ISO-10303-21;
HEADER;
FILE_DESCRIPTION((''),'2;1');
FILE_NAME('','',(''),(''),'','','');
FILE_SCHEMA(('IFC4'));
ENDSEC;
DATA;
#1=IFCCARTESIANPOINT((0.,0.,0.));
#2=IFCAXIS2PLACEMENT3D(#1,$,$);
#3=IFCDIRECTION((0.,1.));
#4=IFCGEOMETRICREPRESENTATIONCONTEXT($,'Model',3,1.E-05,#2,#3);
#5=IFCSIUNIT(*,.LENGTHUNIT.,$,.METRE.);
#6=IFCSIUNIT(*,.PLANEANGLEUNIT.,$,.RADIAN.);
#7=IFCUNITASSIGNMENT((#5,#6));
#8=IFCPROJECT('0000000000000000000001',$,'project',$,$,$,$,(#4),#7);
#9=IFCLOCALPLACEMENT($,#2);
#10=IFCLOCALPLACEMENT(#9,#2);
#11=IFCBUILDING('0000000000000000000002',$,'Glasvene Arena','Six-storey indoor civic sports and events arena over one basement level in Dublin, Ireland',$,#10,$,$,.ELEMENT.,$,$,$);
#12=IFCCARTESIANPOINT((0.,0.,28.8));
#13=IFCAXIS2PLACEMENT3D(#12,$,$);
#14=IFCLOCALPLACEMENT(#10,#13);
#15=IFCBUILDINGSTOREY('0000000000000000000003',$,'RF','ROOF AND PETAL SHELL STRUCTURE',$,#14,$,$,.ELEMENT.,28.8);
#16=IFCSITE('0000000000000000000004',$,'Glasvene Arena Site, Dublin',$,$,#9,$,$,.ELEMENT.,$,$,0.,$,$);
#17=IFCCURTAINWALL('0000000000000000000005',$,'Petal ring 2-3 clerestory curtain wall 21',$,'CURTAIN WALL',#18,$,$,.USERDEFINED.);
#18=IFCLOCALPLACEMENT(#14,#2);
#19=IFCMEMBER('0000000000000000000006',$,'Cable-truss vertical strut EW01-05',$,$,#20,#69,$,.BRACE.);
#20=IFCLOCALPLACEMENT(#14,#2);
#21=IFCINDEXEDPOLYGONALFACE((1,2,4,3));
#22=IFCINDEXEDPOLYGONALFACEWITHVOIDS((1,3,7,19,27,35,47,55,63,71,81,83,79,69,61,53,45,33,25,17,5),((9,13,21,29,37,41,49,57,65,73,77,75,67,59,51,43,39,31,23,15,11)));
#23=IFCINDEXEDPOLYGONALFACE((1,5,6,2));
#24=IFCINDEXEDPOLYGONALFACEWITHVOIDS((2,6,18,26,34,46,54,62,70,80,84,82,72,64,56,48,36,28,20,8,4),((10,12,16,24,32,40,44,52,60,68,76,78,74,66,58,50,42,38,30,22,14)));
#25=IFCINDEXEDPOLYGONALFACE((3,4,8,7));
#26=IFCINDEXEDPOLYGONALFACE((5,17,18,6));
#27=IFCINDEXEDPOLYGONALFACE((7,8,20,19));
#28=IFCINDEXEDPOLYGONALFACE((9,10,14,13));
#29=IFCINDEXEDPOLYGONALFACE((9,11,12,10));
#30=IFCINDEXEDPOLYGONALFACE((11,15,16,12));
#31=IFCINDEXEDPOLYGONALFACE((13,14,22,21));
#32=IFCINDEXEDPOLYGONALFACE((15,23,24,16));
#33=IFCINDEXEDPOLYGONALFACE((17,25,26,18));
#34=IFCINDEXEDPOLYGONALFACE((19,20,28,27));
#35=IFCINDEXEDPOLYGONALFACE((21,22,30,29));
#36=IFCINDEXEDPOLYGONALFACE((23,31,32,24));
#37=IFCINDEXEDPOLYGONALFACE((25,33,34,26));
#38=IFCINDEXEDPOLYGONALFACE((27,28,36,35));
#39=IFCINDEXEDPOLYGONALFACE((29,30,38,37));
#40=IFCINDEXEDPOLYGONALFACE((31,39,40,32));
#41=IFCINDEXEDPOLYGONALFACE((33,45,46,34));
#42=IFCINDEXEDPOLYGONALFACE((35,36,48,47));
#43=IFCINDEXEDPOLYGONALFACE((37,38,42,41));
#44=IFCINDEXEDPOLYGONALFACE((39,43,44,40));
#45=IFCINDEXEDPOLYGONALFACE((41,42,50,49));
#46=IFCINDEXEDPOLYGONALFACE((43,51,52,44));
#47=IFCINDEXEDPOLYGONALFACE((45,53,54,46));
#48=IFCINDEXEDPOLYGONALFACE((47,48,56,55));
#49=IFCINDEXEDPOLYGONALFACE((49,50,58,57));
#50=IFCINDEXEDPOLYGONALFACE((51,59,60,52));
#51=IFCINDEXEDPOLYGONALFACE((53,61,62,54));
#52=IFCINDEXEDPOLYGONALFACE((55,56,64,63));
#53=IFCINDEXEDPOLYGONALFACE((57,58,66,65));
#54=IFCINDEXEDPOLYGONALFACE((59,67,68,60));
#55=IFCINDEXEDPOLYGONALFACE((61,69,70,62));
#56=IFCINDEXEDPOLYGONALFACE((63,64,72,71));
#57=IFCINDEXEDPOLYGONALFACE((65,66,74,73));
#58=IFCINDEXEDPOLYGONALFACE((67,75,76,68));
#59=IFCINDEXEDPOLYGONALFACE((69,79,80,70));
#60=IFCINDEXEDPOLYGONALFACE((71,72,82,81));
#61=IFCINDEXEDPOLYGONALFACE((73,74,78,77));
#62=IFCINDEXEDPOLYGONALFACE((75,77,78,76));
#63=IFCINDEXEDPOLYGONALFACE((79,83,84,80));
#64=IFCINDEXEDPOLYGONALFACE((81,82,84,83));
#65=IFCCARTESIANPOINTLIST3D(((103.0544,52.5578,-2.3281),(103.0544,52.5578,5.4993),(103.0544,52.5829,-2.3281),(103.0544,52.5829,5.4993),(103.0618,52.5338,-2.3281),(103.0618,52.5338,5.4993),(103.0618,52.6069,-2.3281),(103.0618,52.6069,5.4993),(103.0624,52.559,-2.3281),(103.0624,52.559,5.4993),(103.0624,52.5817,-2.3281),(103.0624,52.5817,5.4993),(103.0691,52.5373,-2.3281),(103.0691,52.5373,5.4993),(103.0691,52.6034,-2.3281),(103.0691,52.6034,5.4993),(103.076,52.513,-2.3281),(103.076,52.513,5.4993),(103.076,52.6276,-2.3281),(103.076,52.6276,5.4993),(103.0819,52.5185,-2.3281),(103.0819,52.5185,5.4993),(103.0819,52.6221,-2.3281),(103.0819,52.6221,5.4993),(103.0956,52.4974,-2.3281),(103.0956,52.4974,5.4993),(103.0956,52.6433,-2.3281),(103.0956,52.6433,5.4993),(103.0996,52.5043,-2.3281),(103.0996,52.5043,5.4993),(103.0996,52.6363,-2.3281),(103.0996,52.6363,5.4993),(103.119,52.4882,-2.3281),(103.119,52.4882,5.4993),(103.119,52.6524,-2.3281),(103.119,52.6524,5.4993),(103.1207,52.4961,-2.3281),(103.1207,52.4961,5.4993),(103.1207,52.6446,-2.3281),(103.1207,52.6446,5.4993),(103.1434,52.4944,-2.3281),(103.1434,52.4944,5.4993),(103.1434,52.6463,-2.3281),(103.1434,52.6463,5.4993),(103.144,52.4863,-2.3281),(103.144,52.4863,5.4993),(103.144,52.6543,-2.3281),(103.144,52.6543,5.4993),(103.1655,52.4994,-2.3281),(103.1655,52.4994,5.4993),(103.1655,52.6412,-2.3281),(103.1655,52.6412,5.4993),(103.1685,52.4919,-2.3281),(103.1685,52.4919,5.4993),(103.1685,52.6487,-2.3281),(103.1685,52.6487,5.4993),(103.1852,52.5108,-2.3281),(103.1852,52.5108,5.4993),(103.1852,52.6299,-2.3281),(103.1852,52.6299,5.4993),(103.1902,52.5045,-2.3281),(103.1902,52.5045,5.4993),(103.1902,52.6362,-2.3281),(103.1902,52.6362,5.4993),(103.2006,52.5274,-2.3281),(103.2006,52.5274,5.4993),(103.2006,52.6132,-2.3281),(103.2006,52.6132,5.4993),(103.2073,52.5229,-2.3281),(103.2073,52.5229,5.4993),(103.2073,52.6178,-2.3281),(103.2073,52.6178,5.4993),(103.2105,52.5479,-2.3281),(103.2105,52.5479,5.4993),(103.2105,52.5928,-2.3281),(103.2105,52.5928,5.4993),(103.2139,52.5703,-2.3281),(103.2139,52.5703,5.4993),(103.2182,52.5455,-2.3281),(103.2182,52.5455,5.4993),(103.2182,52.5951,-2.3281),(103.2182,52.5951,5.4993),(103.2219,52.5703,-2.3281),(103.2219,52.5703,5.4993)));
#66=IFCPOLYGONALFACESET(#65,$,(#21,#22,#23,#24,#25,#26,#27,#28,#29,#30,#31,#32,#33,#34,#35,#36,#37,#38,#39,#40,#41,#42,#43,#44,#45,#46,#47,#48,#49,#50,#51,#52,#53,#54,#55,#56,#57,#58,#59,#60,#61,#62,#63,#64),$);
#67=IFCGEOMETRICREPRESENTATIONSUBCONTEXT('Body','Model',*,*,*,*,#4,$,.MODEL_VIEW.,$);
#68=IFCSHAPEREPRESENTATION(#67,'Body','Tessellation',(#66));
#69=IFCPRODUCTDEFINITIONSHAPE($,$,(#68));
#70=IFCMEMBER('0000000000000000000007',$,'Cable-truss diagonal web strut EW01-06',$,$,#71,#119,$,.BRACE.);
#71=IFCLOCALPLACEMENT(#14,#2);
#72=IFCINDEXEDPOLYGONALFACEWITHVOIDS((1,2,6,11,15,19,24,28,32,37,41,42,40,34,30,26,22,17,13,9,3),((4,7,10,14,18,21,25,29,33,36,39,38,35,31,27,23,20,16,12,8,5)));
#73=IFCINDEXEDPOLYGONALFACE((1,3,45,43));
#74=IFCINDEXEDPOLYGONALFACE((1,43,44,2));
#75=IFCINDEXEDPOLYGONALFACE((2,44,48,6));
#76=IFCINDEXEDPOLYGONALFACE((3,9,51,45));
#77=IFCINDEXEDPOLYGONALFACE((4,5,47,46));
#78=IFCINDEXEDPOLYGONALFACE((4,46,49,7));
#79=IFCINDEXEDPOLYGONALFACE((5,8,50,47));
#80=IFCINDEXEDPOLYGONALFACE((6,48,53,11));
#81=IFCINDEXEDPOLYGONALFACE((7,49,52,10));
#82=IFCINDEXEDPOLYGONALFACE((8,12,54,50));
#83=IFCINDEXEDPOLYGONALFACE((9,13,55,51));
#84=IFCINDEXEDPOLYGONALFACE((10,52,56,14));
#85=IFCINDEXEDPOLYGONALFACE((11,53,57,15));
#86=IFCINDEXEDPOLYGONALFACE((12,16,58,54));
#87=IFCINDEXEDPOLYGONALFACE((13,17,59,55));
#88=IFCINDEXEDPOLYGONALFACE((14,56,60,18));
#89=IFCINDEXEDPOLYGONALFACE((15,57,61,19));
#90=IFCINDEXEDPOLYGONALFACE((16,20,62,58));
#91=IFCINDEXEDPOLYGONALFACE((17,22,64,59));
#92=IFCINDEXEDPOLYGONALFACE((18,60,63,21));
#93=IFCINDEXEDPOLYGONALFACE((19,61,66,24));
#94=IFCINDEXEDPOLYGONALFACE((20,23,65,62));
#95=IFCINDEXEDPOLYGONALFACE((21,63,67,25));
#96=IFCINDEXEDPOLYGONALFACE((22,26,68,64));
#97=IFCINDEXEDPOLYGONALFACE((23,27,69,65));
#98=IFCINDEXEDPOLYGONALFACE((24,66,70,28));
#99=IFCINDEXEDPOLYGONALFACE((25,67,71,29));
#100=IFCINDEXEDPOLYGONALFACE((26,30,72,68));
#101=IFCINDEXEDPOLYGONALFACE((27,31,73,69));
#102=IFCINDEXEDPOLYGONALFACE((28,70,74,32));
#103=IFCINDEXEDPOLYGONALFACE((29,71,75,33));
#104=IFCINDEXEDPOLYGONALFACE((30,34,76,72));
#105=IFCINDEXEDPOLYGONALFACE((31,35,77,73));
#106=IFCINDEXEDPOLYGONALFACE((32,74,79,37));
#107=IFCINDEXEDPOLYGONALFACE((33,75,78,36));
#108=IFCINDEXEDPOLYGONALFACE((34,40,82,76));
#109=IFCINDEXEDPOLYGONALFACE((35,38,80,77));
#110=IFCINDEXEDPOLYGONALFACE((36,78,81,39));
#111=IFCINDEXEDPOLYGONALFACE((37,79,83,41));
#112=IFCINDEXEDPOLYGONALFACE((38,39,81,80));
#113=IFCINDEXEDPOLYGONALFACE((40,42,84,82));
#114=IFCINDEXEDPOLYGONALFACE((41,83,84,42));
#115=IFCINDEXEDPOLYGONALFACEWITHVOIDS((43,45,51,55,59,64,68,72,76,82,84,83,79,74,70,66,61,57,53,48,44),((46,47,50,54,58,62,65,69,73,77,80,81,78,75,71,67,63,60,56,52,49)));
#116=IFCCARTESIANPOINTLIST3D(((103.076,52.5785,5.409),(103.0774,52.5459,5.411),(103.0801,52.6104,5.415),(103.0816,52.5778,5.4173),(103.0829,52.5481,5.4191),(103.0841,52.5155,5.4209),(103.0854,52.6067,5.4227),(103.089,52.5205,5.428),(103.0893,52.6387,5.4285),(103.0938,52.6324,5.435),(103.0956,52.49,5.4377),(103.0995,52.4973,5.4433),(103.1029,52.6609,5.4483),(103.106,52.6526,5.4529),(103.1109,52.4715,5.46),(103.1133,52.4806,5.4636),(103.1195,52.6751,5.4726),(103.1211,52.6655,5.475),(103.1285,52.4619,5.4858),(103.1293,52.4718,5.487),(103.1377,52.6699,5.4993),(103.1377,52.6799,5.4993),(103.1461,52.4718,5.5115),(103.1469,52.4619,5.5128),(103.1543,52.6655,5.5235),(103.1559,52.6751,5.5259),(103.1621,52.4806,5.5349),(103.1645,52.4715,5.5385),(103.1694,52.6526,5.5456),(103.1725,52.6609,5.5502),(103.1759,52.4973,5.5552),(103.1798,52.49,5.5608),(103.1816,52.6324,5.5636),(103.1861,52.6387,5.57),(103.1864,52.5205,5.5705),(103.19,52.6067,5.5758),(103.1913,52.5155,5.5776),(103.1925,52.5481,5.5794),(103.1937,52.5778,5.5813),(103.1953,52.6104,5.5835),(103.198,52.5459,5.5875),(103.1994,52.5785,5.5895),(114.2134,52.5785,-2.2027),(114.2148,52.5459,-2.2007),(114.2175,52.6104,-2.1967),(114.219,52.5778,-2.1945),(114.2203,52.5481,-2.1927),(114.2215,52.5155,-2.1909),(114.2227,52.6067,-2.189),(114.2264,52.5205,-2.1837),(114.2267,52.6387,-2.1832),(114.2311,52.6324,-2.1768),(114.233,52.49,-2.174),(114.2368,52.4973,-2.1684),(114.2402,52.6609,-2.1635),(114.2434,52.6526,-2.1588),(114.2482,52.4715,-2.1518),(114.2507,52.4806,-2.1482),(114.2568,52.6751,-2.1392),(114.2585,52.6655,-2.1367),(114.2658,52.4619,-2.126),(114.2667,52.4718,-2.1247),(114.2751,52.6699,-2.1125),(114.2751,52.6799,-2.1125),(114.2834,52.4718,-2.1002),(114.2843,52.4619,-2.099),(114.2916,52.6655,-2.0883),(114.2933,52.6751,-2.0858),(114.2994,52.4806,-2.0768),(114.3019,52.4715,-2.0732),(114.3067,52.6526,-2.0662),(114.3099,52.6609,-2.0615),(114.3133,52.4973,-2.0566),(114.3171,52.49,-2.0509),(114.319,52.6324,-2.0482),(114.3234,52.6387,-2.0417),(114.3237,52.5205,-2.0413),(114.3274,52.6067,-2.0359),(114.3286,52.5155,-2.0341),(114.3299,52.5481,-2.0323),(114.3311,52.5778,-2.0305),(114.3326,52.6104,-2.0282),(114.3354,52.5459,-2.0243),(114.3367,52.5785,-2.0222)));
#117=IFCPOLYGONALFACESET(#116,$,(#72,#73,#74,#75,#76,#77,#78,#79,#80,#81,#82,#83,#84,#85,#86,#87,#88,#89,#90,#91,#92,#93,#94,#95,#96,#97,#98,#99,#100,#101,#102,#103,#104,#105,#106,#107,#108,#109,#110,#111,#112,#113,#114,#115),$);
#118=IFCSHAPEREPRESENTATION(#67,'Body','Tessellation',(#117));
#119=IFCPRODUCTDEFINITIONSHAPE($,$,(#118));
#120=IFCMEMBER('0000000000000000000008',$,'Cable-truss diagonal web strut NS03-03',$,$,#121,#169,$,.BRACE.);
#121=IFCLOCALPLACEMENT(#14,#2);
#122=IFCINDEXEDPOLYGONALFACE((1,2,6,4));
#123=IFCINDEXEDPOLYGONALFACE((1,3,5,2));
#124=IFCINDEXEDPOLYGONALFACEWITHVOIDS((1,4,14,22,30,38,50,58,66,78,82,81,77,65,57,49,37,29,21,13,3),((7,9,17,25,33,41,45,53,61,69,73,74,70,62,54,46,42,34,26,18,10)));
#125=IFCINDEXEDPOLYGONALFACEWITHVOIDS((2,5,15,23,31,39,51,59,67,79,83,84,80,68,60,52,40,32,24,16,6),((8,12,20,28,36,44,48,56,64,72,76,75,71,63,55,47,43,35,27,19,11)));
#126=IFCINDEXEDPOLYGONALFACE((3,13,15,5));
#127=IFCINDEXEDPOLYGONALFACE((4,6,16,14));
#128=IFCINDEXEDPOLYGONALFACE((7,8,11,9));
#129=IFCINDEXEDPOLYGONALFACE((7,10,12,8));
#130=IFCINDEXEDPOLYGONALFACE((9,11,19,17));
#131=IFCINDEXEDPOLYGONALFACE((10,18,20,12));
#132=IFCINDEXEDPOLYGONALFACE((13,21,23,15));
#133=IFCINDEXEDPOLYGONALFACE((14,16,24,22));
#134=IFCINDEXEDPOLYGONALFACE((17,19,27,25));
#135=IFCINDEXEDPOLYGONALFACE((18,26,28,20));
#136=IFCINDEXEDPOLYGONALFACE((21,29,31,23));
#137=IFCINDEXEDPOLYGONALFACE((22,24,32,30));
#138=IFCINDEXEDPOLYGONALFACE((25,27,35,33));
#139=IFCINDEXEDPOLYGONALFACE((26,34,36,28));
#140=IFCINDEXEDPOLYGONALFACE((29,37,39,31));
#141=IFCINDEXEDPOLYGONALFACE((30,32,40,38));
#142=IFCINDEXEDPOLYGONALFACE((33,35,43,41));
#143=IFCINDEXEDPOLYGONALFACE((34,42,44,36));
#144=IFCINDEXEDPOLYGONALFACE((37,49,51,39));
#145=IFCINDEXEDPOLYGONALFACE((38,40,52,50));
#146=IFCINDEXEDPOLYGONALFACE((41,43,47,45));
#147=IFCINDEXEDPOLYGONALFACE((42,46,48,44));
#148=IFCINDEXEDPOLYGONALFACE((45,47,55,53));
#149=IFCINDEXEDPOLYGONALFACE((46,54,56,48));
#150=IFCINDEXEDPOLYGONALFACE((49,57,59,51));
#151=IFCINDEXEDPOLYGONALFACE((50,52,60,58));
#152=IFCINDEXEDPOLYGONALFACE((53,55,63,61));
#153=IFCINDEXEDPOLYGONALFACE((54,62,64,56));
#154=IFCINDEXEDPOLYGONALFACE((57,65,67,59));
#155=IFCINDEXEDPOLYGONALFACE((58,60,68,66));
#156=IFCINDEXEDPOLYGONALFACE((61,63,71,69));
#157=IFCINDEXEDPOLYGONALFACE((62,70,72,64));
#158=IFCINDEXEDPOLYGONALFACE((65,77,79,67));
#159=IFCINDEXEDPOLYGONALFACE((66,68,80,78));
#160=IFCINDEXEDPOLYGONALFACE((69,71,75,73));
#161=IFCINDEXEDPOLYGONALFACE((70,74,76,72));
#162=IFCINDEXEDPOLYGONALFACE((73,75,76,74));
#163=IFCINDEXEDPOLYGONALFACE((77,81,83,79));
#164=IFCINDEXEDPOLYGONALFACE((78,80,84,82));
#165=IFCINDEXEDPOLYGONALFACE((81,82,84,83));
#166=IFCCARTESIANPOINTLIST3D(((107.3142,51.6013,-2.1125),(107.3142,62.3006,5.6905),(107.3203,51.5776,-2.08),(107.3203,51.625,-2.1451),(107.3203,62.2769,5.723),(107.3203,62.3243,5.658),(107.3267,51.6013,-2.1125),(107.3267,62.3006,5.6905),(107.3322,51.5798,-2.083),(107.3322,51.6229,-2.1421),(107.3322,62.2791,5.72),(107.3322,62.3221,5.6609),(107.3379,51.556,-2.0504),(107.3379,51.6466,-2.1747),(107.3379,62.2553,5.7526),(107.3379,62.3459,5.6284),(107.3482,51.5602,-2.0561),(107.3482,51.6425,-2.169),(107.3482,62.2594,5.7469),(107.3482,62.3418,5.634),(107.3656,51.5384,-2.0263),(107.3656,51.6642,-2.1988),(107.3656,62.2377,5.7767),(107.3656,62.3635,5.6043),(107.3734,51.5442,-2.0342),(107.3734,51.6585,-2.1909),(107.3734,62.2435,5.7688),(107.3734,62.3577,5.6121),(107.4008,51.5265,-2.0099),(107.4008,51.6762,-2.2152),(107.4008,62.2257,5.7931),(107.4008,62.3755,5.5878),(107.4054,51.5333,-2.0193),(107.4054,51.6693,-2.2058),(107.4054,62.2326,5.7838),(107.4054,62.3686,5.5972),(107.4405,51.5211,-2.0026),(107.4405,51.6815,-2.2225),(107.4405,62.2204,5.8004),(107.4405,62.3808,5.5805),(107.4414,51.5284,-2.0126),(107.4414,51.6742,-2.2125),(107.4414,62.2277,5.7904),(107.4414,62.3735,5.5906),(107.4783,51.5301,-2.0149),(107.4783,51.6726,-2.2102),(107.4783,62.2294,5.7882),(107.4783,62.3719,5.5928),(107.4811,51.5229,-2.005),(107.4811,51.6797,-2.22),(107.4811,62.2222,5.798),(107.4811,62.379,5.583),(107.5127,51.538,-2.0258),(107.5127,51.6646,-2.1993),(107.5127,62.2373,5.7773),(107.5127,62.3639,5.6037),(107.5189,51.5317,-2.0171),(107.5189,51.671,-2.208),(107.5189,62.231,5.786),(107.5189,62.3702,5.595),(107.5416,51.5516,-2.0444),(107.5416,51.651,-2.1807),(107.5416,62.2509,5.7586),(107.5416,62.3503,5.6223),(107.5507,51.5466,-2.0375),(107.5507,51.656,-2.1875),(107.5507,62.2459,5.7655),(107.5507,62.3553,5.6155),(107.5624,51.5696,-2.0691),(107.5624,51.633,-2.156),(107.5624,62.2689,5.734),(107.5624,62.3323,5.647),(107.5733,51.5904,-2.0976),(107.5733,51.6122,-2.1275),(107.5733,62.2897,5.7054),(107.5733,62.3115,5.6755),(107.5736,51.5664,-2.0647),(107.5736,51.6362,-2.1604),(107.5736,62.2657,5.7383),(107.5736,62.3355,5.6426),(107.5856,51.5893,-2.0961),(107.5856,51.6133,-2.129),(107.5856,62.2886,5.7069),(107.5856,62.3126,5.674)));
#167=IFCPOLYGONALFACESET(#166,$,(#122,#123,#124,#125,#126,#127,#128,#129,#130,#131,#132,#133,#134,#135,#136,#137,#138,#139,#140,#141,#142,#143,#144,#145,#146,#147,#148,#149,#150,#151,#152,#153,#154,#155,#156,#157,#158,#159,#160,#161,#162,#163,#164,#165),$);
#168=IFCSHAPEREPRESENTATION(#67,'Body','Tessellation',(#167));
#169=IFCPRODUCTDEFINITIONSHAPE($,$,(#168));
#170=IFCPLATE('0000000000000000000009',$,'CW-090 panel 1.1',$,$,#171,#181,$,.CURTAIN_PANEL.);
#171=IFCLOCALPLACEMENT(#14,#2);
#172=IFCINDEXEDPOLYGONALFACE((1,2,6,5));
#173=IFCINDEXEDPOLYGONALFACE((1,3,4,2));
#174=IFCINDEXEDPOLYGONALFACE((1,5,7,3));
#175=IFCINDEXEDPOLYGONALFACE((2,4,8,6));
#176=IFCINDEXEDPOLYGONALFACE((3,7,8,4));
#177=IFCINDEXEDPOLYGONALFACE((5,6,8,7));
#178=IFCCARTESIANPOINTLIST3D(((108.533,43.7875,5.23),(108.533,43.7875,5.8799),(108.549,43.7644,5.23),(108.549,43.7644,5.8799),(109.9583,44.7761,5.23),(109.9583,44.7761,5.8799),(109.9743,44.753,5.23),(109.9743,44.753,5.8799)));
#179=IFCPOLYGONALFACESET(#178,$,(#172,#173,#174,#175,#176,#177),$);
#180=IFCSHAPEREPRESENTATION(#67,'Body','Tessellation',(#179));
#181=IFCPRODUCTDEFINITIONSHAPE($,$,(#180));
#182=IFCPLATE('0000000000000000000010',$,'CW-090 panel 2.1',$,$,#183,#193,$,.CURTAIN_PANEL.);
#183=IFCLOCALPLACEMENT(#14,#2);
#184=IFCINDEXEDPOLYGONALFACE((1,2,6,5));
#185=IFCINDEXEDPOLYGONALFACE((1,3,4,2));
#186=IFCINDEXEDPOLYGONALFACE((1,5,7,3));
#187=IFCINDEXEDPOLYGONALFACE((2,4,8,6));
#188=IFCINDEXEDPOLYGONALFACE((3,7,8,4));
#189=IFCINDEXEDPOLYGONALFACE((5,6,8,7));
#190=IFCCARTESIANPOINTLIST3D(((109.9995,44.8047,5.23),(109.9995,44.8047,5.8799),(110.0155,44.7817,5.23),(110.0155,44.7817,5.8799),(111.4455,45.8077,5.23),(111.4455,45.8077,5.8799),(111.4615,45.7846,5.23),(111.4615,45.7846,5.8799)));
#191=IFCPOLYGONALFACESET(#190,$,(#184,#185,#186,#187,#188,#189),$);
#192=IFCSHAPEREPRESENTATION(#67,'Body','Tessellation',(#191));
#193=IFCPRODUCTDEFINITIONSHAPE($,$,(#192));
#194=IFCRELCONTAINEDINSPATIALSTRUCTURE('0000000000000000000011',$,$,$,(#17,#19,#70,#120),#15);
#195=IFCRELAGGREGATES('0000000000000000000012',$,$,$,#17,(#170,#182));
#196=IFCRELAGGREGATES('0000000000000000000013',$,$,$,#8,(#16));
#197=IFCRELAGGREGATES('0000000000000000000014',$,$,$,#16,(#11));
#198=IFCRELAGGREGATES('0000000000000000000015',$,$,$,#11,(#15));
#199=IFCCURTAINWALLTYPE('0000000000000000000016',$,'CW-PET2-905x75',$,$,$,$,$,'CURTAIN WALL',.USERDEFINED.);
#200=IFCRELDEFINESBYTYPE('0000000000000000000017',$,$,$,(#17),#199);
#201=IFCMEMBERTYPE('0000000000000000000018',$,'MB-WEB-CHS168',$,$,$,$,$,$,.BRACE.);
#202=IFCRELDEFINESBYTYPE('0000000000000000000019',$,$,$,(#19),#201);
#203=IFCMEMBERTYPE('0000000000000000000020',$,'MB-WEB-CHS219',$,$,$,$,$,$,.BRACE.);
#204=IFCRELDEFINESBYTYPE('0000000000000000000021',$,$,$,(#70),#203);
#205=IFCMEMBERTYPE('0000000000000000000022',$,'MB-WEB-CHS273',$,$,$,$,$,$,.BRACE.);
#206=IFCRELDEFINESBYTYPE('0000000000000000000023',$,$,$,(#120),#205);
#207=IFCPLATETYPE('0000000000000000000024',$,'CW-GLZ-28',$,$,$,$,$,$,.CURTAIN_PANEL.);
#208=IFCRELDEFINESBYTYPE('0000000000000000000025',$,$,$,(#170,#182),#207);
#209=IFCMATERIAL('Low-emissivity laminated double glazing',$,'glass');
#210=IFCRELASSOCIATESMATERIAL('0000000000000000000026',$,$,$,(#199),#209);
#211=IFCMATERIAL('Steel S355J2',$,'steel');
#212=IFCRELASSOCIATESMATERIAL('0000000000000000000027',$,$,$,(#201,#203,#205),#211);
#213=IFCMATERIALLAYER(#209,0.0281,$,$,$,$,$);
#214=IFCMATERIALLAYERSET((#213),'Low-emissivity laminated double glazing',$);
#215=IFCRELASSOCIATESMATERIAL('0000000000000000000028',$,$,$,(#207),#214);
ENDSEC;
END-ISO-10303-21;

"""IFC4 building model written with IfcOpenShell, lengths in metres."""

from ifc_helpers import new_model, si_unit, direction, frame, origin, origin_2d, place, context, subcontext, project, spatial, rectangle, hollow_circle, extrude, material, layer, layer_set, material_profile, profile_set, type_object, element, aggregate, save


model = new_model("IFC4")

# Units and contexts
model_context = context("Model", 3, precision=1e-05, world=origin(), true_north=direction((0.0, 1.0)))
body_context = subcontext(model_context, "Body", "Model", "MODEL_VIEW")
ifc_project = project(units=[si_unit("LENGTHUNIT", "METRE"), si_unit("PLANEANGLEUNIT", "RADIAN")], contexts=[model_context])

# Site, building, storey
site_placement = place(None, origin())
site = spatial("IfcSite", under=ifc_project, at=site_placement, Name="Glasvene Arena Site, Dublin", CompositionType="ELEMENT", RefElevation=0.0)
building_placement = place(site_placement, origin())
building = spatial("IfcBuilding", under=site, at=building_placement, Name="Glasvene Arena", Description="Six-storey indoor civic sports and events arena over one basement level in Dublin, Ireland", CompositionType="ELEMENT")
storey_placement = place(building_placement, frame((0.0, 0.0, 28.8)))
storey = spatial("IfcBuildingStorey", under=building, at=storey_placement, Name="RF", Description="ROOF AND PETAL SHELL STRUCTURE", CompositionType="ELEMENT", Elevation=28.8)

# Curtain wall
ifc_material_1 = material(Name="Low-emissivity laminated double glazing", Category="glass")
curtain_wall_type_1 = type_object("IfcCurtainWallType", Name="CW-PET2-905x75", ElementType="CURTAIN WALL", PredefinedType="USERDEFINED", material=ifc_material_1)
curtain_wall_1_placement = place(storey_placement, frame((108.5, 43.7476, 0.0)))
curtain_wall_1 = element("IfcCurtainWall", 1, at=curtain_wall_1_placement, inside=storey, type_object=curtain_wall_type_1, Name="Petal ring 2-3 clerestory curtain wall 21", ObjectType="CURTAIN WALL", PredefinedType="USERDEFINED")

# Members
ifc_material_2 = material(Name="Steel S355J2", Category="steel")
ifc_material_profile_1 = material_profile(ifc_material_2, hollow_circle(Radius=0.0842, WallThickness=0.0081, at=origin_2d()), Name="CHS 168.3x8.0")
ifc_profile_set_1 = profile_set([ifc_material_profile_1], Name="Steel S355J2")
member_type_1 = type_object("IfcMemberType", Name="MB-WEB-CHS168", PredefinedType="BRACE", material=ifc_profile_set_1)
member_1_placement = place(storey_placement, frame((103.1377, 52.5703, -2.3281), z_axis=(0.0, 0.0, 1.0), x_axis=(1.0, 0.0, 0.0)))
element("IfcMember", 2, at=member_1_placement, inside=storey, type_object=member_type_1, Name="Cable-truss vertical strut EW01-05", PredefinedType="BRACE", context=body_context, shape_type="SweptSolid", body=[
    extrude(hollow_circle(Radius=0.0842, WallThickness=0.0081, at=origin_2d()), origin(), (0.0, 0.0, 1.0), 7.8274),
])
ifc_material_profile_2 = material_profile(ifc_material_2, hollow_circle(Radius=0.1096, WallThickness=0.01, at=origin_2d()), Name="CHS 219.1x10.0")
ifc_profile_set_2 = profile_set([ifc_material_profile_2], Name="Steel S355J2")
member_type_2 = type_object("IfcMemberType", Name="MB-WEB-CHS219", PredefinedType="BRACE", material=ifc_profile_set_2)
member_2_placement = place(storey_placement, frame((103.1377, 52.5703, 5.4993), z_axis=(0.825602, 0.0, -0.564252), x_axis=(0.0, 1.0, 0.0)))
element("IfcMember", 3, at=member_2_placement, inside=storey, type_object=member_type_2, Name="Cable-truss diagonal web strut EW01-06", PredefinedType="BRACE", context=body_context, shape_type="SweptSolid", body=[
    extrude(hollow_circle(Radius=0.1096, WallThickness=0.01, at=origin_2d()), origin(), (0.0, 0.0, 1.0), 13.49),
])
ifc_material_profile_3 = material_profile(ifc_material_2, hollow_circle(Radius=0.1365, WallThickness=0.0125, at=origin_2d()), Name="CHS 273.0x12.5")
ifc_profile_set_3 = profile_set([ifc_material_profile_3], Name="Steel S355J2")
member_type_3 = type_object("IfcMemberType", Name="MB-WEB-CHS273", PredefinedType="BRACE", material=ifc_profile_set_3)
member_3_placement = place(storey_placement, frame((107.4507, 51.6013, -2.1125), z_axis=(0.0, 0.807955, 0.589244), x_axis=(-1.0, 0.0, 0.0)))
element("IfcMember", 4, at=member_3_placement, inside=storey, type_object=member_type_3, Name="Cable-truss diagonal web strut NS03-03", PredefinedType="BRACE", context=body_context, shape_type="SweptSolid", body=[
    extrude(hollow_circle(Radius=0.1365, WallThickness=0.0125, at=origin_2d()), origin(), (0.0, 0.0, 1.0), 13.2424),
])

# Plates
ifc_layer_1 = layer(ifc_material_1, 0.0281)
ifc_layer_set_1 = layer_set([ifc_layer_1], Name="Low-emissivity laminated double glazing")
plate_type_1 = type_object("IfcPlateType", Name="CW-GLZ-28", PredefinedType="CURTAIN_PANEL", material=ifc_layer_set_1)
plate_1_placement = place(storey_placement, frame((109.2537, 44.2703, 5.23), z_axis=(0.0, 0.0, 1.0), x_axis=(0.821699, 0.569921, 0.0)))
plate_1 = element("IfcPlate", 5, at=plate_1_placement, type_object=plate_type_1, Name="CW-090 panel 1.1", PredefinedType="CURTAIN_PANEL", context=body_context, shape_type="SweptSolid", body=[
    extrude(rectangle(XDim=1.7346, YDim=0.0281, at=origin_2d()), origin(), (0.0, 0.0, 1.0), 0.6499),
])
plate_2_placement = place(storey_placement, frame((110.7305, 45.2947, 5.23), z_axis=(0.0, 0.0, 1.0), x_axis=(0.821699, 0.569921, 0.0)))
plate_2 = element("IfcPlate", 6, at=plate_2_placement, type_object=plate_type_1, Name="CW-090 panel 2.1", PredefinedType="CURTAIN_PANEL", context=body_context, shape_type="SweptSolid", body=[
    extrude(rectangle(XDim=1.7598, YDim=0.0281, at=origin_2d()), origin(), (0.0, 0.0, 1.0), 0.6499),
])
aggregate(curtain_wall_1, [plate_1, plate_2])

save(model, "model.ifc")
